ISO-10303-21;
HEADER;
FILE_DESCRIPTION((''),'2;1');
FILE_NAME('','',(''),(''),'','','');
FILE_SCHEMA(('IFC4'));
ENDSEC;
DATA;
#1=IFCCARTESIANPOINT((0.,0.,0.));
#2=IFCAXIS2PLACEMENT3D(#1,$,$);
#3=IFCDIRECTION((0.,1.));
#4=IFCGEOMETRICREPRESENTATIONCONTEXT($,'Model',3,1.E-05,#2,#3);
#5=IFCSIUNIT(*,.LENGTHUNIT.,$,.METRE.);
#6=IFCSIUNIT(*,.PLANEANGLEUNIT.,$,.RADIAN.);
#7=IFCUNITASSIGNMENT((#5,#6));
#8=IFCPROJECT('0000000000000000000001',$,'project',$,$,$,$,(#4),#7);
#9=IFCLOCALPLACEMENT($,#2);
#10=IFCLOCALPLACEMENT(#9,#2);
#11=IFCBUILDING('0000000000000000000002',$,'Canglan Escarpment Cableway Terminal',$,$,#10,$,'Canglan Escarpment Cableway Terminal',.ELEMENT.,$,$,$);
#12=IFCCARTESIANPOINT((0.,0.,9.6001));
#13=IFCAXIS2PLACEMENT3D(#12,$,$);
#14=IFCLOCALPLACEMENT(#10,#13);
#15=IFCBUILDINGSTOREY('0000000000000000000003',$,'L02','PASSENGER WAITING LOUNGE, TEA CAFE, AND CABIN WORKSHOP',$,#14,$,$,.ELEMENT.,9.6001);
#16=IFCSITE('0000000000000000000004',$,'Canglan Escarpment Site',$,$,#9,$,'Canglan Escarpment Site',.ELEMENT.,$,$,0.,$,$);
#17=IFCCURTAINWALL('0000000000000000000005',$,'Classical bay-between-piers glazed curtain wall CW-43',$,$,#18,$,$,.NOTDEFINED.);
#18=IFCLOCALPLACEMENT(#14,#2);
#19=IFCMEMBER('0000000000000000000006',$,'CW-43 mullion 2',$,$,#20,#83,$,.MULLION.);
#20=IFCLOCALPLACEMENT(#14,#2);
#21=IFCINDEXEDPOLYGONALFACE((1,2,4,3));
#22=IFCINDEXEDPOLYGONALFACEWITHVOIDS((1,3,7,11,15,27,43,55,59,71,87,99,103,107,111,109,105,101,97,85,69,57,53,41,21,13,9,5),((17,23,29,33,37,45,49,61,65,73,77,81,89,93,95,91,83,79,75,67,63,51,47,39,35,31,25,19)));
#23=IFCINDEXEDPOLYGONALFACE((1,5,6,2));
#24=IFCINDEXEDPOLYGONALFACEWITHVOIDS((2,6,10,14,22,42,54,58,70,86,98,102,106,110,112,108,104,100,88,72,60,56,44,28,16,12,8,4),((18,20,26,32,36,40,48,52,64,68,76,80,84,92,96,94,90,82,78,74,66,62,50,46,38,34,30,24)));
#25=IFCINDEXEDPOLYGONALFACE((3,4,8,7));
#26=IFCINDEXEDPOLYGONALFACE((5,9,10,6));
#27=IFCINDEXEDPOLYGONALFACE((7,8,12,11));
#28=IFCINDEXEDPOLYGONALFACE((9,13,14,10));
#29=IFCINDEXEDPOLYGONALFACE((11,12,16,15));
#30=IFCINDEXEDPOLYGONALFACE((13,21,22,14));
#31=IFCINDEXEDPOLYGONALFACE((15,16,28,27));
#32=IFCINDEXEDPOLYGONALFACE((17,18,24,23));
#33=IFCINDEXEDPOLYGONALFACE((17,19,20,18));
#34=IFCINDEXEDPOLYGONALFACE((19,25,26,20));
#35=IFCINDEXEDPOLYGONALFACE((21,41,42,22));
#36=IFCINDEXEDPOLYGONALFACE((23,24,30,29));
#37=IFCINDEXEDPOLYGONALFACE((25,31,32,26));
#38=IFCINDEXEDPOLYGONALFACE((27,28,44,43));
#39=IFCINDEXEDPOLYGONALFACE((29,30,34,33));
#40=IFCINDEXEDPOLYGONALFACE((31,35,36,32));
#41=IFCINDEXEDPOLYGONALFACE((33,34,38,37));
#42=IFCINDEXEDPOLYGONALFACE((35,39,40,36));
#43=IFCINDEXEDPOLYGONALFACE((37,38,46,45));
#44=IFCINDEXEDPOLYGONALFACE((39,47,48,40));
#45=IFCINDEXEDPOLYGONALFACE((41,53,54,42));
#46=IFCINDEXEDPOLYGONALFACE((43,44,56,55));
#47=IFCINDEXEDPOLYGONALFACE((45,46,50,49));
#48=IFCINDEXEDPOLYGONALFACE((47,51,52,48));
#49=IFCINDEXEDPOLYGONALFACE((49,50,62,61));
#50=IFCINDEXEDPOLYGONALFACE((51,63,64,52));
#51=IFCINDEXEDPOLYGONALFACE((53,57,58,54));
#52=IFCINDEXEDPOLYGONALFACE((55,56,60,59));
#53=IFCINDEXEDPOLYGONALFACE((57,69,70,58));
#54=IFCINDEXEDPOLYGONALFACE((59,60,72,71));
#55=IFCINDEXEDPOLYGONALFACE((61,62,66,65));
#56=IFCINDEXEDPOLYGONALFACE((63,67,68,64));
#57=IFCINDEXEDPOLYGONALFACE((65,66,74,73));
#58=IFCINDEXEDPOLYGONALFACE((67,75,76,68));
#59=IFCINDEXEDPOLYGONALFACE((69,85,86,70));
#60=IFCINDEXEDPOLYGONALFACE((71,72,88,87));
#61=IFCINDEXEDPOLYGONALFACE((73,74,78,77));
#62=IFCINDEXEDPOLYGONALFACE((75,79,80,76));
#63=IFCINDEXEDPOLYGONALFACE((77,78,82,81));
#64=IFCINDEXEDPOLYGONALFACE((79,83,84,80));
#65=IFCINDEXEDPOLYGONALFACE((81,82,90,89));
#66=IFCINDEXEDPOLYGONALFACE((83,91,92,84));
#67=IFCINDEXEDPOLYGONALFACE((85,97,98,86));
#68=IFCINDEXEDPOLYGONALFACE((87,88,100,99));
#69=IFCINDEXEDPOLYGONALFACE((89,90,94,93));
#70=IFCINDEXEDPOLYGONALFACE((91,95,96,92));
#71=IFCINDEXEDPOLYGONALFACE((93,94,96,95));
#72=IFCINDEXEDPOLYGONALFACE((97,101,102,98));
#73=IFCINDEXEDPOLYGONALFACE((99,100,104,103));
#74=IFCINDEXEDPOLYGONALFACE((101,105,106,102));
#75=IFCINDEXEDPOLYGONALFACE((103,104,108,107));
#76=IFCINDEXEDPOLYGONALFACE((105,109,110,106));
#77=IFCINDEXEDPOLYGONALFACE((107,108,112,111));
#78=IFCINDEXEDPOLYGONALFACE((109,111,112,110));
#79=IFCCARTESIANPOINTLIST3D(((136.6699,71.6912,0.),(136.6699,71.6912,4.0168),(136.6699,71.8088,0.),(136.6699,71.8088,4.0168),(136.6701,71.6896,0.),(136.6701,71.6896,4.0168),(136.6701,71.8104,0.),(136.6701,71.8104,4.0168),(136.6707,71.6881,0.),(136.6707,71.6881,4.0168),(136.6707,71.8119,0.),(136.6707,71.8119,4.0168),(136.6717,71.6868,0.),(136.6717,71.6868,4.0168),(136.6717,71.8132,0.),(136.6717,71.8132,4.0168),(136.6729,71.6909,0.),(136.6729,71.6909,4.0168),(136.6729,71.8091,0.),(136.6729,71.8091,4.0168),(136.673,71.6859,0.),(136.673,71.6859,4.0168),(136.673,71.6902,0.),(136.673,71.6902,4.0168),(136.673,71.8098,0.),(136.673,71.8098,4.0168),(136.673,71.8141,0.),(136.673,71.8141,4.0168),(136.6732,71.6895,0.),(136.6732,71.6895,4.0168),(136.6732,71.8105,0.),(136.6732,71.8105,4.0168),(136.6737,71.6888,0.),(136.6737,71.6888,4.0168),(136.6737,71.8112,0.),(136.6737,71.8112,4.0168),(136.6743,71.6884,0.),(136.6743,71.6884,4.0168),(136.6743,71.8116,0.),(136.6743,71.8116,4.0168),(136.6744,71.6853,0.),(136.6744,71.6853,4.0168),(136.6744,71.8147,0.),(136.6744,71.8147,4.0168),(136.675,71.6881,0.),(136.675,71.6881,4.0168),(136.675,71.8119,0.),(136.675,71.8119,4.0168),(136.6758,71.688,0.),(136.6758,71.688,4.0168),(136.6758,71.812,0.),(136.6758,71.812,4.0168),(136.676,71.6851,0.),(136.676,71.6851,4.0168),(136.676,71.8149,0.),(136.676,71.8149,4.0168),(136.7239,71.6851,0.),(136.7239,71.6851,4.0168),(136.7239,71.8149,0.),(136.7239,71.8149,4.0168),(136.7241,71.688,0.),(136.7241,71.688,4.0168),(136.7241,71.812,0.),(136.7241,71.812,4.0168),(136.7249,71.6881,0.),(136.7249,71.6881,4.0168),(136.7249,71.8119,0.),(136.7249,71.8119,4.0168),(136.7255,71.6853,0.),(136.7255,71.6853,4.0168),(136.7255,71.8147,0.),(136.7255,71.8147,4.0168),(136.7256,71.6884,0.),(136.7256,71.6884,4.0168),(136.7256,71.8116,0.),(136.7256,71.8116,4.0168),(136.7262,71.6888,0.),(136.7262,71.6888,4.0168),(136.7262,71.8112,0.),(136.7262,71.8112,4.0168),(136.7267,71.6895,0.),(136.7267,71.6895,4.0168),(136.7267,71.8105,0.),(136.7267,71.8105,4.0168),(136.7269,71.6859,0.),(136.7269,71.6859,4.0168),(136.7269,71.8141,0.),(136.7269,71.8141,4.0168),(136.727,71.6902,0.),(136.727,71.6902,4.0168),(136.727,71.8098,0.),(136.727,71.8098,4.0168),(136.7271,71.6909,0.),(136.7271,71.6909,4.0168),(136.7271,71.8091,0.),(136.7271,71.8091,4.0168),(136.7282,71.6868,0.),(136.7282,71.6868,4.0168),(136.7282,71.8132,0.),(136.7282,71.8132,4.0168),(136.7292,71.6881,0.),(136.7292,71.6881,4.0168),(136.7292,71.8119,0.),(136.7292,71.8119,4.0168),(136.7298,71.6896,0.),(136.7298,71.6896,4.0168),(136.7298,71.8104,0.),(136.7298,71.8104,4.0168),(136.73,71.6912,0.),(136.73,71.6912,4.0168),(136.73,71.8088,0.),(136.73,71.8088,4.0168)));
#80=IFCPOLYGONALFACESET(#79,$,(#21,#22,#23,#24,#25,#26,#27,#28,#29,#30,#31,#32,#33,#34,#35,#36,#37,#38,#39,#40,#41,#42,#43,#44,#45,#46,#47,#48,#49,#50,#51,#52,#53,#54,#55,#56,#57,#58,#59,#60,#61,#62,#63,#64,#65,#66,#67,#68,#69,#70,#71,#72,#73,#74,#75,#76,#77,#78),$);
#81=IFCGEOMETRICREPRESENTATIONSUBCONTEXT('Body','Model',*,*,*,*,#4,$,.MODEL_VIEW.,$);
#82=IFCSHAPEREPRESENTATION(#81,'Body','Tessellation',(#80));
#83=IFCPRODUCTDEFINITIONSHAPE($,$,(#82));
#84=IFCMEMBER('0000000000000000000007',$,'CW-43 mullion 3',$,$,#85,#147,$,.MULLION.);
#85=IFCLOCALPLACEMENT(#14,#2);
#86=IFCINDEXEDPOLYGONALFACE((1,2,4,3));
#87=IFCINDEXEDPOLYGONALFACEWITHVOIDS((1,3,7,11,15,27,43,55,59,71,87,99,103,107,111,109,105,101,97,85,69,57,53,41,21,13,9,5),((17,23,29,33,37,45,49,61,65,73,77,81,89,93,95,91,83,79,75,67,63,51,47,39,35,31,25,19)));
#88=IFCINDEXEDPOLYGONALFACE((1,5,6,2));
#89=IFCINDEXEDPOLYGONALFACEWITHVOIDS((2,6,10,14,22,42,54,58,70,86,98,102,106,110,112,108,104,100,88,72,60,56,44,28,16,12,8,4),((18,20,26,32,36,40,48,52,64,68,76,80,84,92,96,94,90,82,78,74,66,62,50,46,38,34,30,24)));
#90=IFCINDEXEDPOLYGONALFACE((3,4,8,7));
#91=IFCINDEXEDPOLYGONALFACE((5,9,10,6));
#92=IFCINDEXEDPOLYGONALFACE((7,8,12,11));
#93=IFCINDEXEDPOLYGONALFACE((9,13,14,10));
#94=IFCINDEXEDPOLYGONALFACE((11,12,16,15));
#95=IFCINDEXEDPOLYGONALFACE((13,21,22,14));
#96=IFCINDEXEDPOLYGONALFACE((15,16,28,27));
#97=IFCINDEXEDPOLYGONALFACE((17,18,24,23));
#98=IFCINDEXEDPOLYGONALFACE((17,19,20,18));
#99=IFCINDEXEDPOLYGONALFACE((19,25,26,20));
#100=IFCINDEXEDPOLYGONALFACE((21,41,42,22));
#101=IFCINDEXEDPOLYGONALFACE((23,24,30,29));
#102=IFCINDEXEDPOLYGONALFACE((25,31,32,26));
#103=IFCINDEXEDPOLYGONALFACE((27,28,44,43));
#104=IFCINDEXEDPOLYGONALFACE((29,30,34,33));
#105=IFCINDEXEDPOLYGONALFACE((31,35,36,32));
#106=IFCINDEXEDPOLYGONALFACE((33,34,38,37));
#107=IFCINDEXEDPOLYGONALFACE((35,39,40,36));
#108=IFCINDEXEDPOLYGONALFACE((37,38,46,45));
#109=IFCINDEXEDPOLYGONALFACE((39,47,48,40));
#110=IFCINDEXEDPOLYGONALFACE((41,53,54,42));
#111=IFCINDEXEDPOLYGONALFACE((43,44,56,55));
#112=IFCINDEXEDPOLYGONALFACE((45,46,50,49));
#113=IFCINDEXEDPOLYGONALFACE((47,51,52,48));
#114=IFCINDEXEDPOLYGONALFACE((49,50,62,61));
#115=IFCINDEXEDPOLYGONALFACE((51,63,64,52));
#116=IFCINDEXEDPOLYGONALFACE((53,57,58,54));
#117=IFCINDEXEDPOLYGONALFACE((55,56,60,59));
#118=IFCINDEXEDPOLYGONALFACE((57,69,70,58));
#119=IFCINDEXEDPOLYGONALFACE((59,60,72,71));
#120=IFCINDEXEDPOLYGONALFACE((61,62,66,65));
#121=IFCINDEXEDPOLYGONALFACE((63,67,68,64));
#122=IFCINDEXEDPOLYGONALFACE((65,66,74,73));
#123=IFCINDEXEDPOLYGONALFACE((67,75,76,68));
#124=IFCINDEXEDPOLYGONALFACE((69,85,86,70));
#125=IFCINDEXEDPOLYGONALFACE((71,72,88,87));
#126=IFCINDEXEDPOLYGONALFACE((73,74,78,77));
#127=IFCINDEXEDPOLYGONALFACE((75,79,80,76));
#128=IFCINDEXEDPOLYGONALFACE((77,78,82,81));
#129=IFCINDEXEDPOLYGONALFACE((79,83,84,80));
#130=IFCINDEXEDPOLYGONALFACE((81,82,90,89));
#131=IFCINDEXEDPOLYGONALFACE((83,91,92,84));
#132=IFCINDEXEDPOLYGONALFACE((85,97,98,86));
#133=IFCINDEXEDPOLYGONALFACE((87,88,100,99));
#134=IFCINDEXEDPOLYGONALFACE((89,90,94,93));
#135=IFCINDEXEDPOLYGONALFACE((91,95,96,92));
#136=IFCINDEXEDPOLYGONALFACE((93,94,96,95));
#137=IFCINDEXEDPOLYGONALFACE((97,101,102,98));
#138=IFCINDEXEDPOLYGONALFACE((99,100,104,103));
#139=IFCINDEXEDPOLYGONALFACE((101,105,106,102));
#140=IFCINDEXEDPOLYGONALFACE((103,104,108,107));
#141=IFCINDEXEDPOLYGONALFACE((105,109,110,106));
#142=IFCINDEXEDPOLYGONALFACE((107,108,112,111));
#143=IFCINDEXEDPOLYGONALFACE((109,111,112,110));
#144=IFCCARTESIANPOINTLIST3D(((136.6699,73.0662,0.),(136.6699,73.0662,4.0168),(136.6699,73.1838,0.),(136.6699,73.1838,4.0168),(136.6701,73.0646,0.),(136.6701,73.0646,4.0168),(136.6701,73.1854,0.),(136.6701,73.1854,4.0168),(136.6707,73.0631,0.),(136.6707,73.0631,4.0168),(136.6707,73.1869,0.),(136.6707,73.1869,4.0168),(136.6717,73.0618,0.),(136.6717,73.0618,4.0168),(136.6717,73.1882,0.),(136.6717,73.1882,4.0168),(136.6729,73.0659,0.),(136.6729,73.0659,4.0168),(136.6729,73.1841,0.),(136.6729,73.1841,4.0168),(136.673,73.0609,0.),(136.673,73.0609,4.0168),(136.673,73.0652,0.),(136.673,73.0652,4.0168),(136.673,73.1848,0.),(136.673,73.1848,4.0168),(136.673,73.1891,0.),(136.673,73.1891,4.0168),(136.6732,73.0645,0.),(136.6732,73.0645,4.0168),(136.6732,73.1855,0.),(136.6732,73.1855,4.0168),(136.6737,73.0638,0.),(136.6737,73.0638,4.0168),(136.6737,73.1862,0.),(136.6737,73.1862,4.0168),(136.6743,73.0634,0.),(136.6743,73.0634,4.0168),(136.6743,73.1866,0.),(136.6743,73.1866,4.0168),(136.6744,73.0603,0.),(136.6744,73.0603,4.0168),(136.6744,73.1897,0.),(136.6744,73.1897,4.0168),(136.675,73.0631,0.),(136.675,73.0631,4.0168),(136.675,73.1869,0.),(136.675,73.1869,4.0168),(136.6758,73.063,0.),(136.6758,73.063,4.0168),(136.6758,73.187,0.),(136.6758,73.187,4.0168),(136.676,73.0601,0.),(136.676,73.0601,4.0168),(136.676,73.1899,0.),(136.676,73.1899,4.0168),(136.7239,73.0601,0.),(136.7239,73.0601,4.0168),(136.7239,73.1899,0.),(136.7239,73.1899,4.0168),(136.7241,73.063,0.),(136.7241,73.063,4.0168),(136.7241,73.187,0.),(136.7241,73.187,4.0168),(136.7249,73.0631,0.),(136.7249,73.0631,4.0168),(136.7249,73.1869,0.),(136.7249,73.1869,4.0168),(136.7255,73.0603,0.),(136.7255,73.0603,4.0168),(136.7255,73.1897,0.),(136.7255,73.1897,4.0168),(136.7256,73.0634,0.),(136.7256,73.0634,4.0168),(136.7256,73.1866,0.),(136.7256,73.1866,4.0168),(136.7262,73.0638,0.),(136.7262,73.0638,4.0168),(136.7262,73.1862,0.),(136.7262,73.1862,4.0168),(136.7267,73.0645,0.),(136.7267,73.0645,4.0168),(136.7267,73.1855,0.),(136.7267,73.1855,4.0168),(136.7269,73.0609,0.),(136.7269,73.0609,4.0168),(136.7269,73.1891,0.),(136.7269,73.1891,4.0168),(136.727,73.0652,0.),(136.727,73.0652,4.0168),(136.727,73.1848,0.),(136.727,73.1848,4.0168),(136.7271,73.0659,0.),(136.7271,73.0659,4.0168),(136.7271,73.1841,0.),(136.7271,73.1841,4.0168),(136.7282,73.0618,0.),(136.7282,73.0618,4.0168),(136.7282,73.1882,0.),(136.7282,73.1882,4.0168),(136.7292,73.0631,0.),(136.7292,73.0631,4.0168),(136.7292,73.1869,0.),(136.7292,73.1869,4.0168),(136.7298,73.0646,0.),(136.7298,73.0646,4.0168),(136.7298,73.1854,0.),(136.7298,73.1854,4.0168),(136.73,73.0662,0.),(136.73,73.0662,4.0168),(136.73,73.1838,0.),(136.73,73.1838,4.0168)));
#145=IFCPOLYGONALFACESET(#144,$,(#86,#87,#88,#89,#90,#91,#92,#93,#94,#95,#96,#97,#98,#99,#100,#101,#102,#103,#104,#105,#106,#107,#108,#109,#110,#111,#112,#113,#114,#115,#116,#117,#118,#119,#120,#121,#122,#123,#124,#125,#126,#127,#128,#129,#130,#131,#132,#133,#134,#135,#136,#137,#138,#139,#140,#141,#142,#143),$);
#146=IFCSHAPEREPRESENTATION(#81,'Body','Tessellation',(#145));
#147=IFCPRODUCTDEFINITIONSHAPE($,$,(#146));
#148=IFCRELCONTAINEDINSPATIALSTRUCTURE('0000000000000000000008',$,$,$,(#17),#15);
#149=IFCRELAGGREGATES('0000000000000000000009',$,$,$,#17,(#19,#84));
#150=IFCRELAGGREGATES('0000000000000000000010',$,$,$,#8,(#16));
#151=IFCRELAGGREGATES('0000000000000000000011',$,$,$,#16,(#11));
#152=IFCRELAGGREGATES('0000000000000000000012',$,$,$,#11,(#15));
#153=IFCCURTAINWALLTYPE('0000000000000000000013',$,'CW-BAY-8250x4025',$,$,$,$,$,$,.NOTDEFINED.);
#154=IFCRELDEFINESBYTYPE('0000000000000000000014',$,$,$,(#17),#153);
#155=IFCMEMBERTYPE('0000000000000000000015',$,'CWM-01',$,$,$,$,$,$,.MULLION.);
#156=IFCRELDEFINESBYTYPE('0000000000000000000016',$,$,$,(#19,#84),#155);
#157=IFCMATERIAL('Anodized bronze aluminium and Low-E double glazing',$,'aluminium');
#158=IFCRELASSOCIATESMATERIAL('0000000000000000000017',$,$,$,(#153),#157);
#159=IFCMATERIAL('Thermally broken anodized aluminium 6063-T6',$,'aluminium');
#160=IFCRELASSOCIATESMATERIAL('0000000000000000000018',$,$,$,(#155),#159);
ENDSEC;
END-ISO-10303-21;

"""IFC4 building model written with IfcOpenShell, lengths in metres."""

from ifc_helpers import new_model, si_unit, direction, frame, origin, origin_2d, place, context, subcontext, project, spatial, hollow_rectangle, extrude, material, material_profile, profile_set, type_object, element, aggregate, save


model = new_model("IFC4")

# Units and contexts
model_context = context("Model", 3, precision=1e-05, world=origin(), true_north=direction((0.0, 1.0)))
body_context = subcontext(model_context, "Body", "Model", "MODEL_VIEW")
ifc_project = project(units=[si_unit("LENGTHUNIT", "METRE"), si_unit("PLANEANGLEUNIT", "RADIAN")], contexts=[model_context])

# Site, building, storey
site_placement = place(None, origin())
site = spatial("IfcSite", under=ifc_project, at=site_placement, Name="Canglan Escarpment Site", LongName="Canglan Escarpment Site", CompositionType="ELEMENT", RefElevation=0.0)
building_placement = place(site_placement, origin())
building = spatial("IfcBuilding", under=site, at=building_placement, Name="Canglan Escarpment Cableway Terminal", LongName="Canglan Escarpment Cableway Terminal", CompositionType="ELEMENT")
storey_placement = place(building_placement, frame((0.0, 0.0, 9.6001)))
storey = spatial("IfcBuildingStorey", under=building, at=storey_placement, Name="L02", Description="PASSENGER WAITING LOUNGE, TEA CAFE, AND CABIN WORKSHOP", CompositionType="ELEMENT", Elevation=9.6001)

# Curtain wall, members
ifc_material_1 = material(Name="Anodized bronze aluminium and Low-E double glazing", Category="aluminium")
curtain_wall_type = type_object("IfcCurtainWallType", Name="CW-BAY-8250x4025", PredefinedType="NOTDEFINED", material=ifc_material_1)
curtain_wall_1_placement = place(storey_placement, origin())
curtain_wall_1 = element("IfcCurtainWall", 1, at=curtain_wall_1_placement, inside=storey, type_object=curtain_wall_type, Name="Classical bay-between-piers glazed curtain wall CW-43", PredefinedType="NOTDEFINED")
ifc_material_2 = material(Name="Thermally broken anodized aluminium 6063-T6", Category="aluminium")
ifc_material_profile_1 = material_profile(ifc_material_2, hollow_rectangle(XDim=0.0601, YDim=0.1299, WallThickness=0.0029, InnerFilletRadius=0.0029, OuterFilletRadius=0.0061, at=origin_2d()), Name="ALU-MULL 60x130x3")
ifc_profile_set_1 = profile_set([ifc_material_profile_1], Name="Thermally broken anodized aluminium 6063-T6")
member_type_1 = type_object("IfcMemberType", Name="CWM-01", PredefinedType="MULLION", material=ifc_profile_set_1)
member_1_placement = place(storey_placement, frame((136.7, 71.75, 0.0), z_axis=(0.0, 0.0, 1.0), x_axis=(-1.0, 0.0, 0.0)))
member_1 = element("IfcMember", 2, at=member_1_placement, type_object=member_type_1, Name="CW-43 mullion 2", PredefinedType="MULLION", context=body_context, shape_type="SweptSolid", body=[
    extrude(hollow_rectangle(XDim=0.0601, YDim=0.1299, WallThickness=0.0029, InnerFilletRadius=0.0029, OuterFilletRadius=0.0061, at=origin_2d()), origin(), (0.0, 0.0, 1.0), 4.0168),
])
member_2_placement = place(storey_placement, frame((136.7, 73.125, 0.0), z_axis=(0.0, 0.0, 1.0), x_axis=(-1.0, 0.0, 0.0)))
member_2 = element("IfcMember", 3, at=member_2_placement, type_object=member_type_1, Name="CW-43 mullion 3", PredefinedType="MULLION", context=body_context, shape_type="SweptSolid", body=[
    extrude(hollow_rectangle(XDim=0.0601, YDim=0.1299, WallThickness=0.0029, InnerFilletRadius=0.0029, OuterFilletRadius=0.0061, at=origin_2d()), origin(), (0.0, 0.0, 1.0), 4.0168),
])

aggregate(curtain_wall_1, [member_1, member_2])

save(model, "model.ifc")
